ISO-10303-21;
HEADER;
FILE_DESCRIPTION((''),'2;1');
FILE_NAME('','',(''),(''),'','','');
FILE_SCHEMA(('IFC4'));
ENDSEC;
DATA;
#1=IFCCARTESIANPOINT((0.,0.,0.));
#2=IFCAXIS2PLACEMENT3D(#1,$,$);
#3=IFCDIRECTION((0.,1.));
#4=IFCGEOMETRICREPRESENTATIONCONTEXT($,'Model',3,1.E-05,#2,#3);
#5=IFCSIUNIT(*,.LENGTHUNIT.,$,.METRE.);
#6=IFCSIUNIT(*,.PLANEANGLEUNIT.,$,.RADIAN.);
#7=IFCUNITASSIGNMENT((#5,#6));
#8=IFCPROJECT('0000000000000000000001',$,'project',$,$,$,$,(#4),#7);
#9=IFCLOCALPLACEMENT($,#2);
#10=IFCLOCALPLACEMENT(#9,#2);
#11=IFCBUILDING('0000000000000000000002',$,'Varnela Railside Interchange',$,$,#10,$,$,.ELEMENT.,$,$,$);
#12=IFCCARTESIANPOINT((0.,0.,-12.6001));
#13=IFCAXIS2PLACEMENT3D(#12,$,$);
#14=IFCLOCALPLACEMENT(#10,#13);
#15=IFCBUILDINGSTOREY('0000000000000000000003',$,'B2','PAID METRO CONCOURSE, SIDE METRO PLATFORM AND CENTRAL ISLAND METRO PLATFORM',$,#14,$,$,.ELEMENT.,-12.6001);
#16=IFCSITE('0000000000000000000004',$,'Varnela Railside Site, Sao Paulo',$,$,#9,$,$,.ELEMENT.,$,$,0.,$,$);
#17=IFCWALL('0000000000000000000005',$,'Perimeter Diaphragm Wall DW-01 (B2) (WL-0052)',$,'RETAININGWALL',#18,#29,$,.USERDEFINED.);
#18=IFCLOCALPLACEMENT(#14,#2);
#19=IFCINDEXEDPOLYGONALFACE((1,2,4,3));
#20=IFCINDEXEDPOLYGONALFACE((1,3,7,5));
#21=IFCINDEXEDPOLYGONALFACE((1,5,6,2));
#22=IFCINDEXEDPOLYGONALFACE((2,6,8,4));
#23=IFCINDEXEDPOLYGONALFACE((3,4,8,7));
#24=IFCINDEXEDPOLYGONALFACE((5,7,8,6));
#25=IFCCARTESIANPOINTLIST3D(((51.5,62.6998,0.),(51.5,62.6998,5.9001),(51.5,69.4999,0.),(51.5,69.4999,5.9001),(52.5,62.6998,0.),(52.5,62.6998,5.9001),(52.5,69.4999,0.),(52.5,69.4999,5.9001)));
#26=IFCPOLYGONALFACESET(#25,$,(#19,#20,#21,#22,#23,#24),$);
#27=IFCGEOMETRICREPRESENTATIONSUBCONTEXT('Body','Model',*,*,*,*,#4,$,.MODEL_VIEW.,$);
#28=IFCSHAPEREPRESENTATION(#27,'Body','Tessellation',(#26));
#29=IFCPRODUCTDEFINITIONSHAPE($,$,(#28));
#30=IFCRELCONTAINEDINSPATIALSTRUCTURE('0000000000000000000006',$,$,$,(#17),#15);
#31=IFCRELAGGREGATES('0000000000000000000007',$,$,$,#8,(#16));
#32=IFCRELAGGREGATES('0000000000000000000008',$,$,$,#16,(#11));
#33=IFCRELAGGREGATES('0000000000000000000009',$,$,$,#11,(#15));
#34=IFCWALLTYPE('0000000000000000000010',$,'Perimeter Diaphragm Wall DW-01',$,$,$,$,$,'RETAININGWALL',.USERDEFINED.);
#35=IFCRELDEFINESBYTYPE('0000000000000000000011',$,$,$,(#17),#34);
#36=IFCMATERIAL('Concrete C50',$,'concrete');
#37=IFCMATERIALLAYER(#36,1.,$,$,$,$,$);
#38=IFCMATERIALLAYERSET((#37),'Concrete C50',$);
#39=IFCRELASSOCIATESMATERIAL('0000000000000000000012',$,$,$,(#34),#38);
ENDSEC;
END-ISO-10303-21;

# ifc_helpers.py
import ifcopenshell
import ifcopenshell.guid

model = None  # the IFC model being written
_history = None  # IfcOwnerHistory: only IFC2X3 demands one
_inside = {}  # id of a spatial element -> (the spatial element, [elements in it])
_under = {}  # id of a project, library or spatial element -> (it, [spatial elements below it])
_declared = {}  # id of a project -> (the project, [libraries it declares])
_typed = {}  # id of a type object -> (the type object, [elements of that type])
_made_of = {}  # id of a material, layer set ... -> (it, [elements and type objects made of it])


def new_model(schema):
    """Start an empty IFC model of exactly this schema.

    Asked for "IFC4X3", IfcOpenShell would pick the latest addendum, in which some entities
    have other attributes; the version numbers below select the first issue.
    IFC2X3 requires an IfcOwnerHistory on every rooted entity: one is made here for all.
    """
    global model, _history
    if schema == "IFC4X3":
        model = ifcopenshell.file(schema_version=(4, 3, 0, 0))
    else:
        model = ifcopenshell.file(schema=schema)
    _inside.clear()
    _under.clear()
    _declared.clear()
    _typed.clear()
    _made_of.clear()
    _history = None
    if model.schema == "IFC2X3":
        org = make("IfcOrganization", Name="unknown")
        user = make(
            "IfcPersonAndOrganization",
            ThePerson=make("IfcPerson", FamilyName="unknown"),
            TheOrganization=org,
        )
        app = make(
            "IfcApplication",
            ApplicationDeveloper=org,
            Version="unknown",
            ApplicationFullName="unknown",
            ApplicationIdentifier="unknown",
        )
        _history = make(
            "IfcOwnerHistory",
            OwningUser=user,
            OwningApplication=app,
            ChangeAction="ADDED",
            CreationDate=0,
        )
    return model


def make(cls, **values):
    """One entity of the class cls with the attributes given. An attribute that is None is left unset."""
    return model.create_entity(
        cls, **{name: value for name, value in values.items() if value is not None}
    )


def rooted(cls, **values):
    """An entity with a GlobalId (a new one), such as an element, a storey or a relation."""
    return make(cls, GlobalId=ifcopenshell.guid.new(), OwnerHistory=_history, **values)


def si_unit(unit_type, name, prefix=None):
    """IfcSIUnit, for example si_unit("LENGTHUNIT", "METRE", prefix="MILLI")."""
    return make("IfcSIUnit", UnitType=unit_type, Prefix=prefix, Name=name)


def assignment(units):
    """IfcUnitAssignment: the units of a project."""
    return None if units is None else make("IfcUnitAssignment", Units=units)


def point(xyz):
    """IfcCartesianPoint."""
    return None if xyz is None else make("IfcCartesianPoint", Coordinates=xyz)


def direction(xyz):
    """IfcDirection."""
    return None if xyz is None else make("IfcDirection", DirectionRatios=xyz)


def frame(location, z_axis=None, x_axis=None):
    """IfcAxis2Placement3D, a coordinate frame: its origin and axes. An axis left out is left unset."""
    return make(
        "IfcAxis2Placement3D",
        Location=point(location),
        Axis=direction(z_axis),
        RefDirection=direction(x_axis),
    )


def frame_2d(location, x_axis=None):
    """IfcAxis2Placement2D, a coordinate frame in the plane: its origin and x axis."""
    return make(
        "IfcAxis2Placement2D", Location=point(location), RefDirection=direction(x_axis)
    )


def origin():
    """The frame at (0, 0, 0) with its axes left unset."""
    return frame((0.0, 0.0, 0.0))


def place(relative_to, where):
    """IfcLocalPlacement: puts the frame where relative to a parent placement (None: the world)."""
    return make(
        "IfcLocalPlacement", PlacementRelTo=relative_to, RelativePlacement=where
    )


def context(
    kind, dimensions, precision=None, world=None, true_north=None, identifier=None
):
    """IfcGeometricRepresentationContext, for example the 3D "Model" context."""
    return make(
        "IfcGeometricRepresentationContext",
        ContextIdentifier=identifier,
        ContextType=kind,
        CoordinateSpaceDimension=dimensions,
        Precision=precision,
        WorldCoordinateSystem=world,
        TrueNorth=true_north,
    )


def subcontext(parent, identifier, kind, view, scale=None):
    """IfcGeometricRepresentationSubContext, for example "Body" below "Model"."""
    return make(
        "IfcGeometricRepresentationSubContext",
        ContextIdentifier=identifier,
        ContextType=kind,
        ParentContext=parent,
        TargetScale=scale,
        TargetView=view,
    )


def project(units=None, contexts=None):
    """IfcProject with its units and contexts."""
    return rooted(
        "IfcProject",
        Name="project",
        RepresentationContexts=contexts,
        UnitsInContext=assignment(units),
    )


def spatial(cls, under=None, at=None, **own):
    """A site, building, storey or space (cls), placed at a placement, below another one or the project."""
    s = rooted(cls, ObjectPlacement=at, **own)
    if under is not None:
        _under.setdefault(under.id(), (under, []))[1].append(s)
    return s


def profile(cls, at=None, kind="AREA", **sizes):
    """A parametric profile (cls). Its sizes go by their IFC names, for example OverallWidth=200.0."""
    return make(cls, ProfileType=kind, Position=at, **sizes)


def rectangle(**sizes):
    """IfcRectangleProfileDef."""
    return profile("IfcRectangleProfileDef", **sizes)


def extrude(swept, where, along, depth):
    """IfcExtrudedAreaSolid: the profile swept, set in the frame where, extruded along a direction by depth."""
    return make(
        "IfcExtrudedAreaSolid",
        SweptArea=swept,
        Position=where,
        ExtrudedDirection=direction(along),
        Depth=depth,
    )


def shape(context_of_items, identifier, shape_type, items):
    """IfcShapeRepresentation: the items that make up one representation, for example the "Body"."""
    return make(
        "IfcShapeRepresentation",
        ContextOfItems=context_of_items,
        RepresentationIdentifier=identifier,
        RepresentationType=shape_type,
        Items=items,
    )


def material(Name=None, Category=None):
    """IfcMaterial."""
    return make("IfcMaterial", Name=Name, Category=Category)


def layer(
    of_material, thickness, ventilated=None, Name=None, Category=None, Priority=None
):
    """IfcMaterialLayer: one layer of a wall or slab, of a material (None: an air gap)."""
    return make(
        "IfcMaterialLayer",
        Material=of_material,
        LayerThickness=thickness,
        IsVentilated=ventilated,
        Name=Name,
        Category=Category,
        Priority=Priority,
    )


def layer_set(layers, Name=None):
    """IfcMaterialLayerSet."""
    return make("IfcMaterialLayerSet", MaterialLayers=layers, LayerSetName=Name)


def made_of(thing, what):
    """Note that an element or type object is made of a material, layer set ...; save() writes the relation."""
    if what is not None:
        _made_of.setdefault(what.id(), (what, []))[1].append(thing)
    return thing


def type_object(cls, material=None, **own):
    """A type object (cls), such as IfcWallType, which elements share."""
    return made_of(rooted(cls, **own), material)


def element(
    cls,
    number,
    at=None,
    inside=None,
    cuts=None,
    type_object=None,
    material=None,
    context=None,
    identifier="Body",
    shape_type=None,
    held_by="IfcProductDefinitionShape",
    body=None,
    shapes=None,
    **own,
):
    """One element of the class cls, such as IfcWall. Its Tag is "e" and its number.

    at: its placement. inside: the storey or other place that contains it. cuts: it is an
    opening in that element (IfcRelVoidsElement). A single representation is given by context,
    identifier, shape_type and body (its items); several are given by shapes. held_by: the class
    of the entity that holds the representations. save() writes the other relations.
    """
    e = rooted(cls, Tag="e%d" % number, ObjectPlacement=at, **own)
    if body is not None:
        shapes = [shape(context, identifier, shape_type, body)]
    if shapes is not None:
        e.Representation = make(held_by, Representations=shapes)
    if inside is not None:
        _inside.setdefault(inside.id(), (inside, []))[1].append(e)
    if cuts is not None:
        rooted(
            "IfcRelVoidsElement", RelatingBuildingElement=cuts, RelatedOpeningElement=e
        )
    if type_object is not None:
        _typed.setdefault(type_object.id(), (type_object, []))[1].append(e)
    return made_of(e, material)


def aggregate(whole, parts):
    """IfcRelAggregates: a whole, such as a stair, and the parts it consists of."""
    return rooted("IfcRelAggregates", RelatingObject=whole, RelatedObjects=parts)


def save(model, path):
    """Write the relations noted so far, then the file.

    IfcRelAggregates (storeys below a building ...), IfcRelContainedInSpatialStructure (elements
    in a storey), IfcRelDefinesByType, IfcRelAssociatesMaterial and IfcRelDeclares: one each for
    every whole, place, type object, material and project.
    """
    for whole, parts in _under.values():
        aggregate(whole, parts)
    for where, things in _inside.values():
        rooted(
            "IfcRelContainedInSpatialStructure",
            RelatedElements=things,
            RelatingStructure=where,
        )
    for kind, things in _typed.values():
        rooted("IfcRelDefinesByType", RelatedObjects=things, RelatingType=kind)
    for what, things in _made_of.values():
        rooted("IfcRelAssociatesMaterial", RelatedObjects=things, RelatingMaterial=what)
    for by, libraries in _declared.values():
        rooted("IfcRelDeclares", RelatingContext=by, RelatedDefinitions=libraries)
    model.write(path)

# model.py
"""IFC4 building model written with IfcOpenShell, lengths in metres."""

from ifc_helpers import new_model, si_unit, direction, frame, frame_2d, origin, place, context, subcontext, project, spatial, rectangle, extrude, material, layer, layer_set, type_object, element, save


model = new_model("IFC4")

# Units and contexts
model_context = context("Model", 3, precision=1e-05, world=origin(), true_north=direction((0.0, 1.0)))
body_context = subcontext(model_context, "Body", "Model", "MODEL_VIEW")
ifc_project = project(units=[si_unit("LENGTHUNIT", "METRE"), si_unit("PLANEANGLEUNIT", "RADIAN")], contexts=[model_context])

# Site, building, storey
site_placement = place(None, origin())
site = spatial("IfcSite", under=ifc_project, at=site_placement, Name="Varnela Railside Site, Sao Paulo", CompositionType="ELEMENT", RefElevation=0.0)
building_placement = place(site_placement, origin())
building = spatial("IfcBuilding", under=site, at=building_placement, Name="Varnela Railside Interchange", CompositionType="ELEMENT")
storey_placement = place(building_placement, frame((0.0, 0.0, -12.6001)))
storey = spatial("IfcBuildingStorey", under=building, at=storey_placement, Name="B2", Description="PAID METRO CONCOURSE, SIDE METRO PLATFORM AND CENTRAL ISLAND METRO PLATFORM", CompositionType="ELEMENT", Elevation=-12.6001)

# Shared definitions
ifc_material_1 = material(Name="Concrete C50", Category="concrete")

# Wall
ifc_layer = layer(ifc_material_1, 1.0)
ifc_layer_set = layer_set([ifc_layer], Name="Concrete C50")
wall_type = type_object("IfcWallType", Name="Perimeter Diaphragm Wall DW-01", ElementType="RETAININGWALL", PredefinedType="USERDEFINED", material=ifc_layer_set)
wall_placement = place(storey_placement, frame((52.0, 62.7, 0.0), z_axis=(0.0, 0.0, 1.0), x_axis=(0.0, 1.0, 0.0)))
element("IfcWall", 1, at=wall_placement, inside=storey, type_object=wall_type, Name="Perimeter Diaphragm Wall DW-01 (B2) (WL-0052)", ObjectType="RETAININGWALL", PredefinedType="USERDEFINED", context=body_context, shape_type="SweptSolid", body=[
    extrude(rectangle(XDim=6.8, YDim=1.0, at=frame_2d((3.3999, 0.0))), origin(), (0.0, 0.0, 1.0), 5.9001),
])

save(model, "model.ifc")
